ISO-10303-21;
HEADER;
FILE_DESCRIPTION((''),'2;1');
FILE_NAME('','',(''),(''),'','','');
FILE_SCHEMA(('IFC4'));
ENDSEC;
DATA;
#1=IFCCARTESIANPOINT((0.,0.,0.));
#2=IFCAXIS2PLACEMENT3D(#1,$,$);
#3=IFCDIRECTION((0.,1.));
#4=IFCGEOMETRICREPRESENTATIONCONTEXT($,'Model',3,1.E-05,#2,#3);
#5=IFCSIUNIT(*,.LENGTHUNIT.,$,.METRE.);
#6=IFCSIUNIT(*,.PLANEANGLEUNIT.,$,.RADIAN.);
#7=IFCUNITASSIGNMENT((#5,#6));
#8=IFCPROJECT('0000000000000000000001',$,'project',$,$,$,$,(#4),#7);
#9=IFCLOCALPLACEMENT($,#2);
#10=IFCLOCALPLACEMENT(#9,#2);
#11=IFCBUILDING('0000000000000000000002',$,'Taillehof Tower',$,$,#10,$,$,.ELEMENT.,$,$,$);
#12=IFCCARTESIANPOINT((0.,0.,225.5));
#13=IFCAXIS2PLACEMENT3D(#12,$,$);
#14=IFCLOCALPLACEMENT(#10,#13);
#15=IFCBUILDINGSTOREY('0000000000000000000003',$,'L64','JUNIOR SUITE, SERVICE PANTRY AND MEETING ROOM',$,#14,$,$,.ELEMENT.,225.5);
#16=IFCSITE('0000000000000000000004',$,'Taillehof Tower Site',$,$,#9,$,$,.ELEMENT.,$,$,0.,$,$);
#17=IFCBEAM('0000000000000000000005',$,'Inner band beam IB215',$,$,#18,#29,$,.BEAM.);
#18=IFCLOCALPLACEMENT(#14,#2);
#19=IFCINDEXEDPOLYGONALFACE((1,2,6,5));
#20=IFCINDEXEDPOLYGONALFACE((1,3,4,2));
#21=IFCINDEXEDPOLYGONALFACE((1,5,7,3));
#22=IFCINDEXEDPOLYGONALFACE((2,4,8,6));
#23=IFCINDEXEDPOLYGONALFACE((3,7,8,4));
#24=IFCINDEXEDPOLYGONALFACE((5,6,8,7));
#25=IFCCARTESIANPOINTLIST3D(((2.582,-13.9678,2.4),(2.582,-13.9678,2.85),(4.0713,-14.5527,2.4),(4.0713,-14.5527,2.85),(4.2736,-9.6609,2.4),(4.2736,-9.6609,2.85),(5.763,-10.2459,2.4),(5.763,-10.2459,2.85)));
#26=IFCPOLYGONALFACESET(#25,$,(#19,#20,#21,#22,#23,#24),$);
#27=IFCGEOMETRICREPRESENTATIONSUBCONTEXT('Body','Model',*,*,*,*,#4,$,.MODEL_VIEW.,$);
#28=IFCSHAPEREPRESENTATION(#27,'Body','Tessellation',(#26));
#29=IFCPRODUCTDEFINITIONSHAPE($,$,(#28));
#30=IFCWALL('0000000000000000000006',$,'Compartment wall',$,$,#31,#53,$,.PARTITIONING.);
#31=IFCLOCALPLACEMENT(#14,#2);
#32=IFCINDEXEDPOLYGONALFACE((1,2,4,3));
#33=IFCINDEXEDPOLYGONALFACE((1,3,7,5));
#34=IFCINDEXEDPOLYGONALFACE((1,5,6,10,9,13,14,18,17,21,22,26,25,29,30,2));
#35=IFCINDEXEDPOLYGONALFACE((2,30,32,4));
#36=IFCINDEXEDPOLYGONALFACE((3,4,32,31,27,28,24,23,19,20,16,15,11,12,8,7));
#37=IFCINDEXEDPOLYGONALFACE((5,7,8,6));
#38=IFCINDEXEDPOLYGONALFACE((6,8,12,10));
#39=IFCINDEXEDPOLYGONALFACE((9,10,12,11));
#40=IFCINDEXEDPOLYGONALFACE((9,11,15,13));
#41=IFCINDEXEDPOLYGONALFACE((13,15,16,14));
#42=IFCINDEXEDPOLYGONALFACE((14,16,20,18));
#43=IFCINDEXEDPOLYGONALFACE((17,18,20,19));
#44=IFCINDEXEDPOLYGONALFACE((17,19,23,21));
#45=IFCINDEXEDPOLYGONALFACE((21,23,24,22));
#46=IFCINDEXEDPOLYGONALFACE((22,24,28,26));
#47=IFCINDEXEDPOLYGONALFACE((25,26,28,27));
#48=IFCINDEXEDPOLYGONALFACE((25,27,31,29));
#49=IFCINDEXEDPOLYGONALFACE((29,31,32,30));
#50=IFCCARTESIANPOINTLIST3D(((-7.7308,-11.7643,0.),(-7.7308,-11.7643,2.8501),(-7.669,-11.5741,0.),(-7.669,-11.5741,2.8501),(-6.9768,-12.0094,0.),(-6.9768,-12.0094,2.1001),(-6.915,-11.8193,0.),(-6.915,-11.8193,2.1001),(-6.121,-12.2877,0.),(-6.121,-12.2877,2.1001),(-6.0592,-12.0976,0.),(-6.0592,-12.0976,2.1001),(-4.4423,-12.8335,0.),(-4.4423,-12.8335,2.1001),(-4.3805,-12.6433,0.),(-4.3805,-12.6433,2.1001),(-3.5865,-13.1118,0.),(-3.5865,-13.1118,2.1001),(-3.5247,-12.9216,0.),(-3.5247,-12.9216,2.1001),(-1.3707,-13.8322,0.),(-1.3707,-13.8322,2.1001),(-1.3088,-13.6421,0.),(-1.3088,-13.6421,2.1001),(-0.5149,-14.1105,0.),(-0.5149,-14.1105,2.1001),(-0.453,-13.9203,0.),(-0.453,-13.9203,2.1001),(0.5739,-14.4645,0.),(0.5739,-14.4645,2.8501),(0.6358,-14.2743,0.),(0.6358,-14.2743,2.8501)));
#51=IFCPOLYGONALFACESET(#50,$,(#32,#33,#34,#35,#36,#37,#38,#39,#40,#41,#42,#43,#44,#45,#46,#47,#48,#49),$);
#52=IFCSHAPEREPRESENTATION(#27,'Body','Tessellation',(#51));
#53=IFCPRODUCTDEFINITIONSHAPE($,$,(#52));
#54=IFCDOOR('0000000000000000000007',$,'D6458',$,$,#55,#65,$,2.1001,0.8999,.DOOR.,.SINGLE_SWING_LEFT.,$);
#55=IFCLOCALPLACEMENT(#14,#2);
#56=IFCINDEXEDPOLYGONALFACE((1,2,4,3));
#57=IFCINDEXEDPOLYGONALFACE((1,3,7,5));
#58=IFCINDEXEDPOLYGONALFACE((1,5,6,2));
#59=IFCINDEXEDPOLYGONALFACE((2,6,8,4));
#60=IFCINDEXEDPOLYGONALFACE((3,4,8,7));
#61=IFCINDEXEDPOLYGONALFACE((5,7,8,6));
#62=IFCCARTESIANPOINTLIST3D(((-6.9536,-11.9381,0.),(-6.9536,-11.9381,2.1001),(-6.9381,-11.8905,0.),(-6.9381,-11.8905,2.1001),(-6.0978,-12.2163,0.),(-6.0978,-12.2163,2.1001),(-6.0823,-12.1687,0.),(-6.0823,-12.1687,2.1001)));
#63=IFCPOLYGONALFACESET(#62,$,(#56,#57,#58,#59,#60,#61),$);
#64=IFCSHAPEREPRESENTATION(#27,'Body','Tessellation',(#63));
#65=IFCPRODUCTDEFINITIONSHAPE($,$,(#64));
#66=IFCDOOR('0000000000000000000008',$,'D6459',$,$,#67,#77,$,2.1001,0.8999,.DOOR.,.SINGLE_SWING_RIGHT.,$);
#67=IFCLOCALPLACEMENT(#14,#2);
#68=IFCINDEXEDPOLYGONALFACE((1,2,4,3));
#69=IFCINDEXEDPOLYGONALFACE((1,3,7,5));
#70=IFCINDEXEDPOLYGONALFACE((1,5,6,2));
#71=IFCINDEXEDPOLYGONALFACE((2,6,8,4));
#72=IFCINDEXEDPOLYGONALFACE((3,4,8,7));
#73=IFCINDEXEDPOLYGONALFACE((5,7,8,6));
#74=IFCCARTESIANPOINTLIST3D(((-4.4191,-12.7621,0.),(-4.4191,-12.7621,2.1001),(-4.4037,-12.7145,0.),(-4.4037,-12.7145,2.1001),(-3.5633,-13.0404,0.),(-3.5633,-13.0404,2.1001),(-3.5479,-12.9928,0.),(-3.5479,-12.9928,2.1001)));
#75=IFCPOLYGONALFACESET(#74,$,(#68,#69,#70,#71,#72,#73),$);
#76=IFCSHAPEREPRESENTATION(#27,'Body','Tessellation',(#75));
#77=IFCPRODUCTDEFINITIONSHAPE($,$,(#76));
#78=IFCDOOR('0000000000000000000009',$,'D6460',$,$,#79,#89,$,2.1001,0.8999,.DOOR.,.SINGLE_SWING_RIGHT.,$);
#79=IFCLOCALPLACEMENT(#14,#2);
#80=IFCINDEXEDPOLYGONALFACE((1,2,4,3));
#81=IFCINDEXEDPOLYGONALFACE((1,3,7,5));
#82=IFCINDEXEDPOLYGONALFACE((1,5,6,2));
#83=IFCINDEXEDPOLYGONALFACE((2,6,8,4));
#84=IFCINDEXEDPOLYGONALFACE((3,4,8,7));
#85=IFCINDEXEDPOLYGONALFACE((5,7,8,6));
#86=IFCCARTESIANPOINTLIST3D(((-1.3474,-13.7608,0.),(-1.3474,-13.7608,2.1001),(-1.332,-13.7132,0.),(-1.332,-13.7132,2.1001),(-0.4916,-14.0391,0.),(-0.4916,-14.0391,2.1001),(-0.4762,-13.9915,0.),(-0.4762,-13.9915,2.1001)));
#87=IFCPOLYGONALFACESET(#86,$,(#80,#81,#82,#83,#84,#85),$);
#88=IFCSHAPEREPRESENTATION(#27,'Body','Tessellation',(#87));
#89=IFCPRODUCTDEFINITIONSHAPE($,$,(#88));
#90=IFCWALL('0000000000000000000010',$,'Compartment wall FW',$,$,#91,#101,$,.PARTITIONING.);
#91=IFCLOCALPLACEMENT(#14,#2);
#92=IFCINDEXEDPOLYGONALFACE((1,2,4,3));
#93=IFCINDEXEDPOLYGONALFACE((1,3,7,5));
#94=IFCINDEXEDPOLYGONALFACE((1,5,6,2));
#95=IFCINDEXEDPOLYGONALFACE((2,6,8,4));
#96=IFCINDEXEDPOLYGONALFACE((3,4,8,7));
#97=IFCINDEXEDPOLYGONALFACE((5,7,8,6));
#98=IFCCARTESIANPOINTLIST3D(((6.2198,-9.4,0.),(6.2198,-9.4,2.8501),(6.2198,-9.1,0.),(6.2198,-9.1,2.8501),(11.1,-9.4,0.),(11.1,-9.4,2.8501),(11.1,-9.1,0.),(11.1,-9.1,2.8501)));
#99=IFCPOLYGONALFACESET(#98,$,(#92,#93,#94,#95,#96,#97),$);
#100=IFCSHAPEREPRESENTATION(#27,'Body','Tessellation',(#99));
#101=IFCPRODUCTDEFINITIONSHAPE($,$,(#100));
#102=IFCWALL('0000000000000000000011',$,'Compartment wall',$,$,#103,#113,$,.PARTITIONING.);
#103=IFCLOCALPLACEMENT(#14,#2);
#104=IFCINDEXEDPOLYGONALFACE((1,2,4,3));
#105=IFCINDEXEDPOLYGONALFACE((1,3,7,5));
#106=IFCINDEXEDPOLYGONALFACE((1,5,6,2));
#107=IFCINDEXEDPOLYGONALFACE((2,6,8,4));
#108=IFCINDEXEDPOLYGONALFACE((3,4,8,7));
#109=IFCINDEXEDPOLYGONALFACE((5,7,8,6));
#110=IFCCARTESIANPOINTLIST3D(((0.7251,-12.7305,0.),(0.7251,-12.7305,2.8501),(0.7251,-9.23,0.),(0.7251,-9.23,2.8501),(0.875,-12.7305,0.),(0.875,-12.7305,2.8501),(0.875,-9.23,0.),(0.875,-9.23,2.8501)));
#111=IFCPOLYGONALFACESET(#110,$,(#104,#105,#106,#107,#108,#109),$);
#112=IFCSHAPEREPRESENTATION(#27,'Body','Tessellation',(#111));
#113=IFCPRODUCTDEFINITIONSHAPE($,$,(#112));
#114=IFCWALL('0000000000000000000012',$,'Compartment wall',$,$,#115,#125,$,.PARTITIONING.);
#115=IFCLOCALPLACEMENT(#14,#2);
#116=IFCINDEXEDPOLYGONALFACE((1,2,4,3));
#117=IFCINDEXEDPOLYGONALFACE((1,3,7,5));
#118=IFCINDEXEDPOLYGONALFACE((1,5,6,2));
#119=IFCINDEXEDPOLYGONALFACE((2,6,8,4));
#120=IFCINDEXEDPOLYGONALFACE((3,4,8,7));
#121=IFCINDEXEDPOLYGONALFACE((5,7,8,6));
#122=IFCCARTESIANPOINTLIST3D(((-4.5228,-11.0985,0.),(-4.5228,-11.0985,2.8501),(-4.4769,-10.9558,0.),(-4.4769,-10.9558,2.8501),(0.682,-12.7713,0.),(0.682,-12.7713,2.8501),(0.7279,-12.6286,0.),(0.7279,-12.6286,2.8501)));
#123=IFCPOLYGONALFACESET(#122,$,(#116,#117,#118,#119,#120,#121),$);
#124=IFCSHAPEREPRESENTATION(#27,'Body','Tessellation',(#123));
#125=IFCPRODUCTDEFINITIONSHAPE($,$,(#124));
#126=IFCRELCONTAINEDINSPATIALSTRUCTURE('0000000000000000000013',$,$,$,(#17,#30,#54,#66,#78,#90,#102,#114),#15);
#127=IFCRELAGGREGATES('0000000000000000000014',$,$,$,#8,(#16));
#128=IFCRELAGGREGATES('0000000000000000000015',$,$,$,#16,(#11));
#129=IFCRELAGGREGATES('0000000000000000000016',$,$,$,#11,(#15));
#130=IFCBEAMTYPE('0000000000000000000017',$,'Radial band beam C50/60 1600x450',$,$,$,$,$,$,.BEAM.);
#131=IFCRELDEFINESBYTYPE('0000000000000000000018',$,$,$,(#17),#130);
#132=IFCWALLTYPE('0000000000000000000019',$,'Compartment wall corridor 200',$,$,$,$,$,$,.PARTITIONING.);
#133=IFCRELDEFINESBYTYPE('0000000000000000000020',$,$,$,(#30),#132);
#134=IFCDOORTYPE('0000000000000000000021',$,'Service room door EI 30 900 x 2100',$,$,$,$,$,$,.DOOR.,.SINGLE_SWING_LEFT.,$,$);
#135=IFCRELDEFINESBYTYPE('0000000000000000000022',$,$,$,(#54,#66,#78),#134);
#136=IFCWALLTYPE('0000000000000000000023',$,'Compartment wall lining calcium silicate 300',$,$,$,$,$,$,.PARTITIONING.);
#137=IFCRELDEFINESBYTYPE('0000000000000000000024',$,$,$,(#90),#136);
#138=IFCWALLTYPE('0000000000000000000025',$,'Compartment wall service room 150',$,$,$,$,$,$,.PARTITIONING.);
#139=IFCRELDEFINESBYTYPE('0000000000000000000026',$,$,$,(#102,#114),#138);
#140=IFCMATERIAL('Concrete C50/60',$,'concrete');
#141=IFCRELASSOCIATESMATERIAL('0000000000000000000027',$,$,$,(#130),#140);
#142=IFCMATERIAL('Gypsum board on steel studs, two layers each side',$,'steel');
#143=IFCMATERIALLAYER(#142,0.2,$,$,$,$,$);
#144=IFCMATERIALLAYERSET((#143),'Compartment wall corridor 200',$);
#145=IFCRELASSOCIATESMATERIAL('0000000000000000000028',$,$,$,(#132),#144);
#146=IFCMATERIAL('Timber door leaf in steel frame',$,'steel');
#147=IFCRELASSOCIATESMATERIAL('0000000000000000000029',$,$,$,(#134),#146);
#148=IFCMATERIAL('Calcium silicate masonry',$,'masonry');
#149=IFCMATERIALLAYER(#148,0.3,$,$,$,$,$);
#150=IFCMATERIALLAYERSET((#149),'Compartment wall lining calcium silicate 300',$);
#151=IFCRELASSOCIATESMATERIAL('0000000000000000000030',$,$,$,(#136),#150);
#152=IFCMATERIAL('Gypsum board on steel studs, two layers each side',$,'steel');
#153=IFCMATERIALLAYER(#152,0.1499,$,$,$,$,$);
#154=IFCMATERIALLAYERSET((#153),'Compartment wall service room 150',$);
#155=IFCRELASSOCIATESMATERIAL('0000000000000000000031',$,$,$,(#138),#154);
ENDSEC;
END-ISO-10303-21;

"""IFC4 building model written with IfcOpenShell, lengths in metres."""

from ifc_helpers import new_model, si_unit, direction, frame, frame_2d, origin, origin_2d, place, context, subcontext, project, spatial, rectangle, extrude, material, layer, layer_set, material_profile, profile_set, type_object, element, fill, save


model = new_model("IFC4")

# Units and contexts
model_context = context("Model", 3, precision=1e-05, world=origin(), true_north=direction((0.0, 1.0)))
body_context = subcontext(model_context, "Body", "Model", "MODEL_VIEW")
ifc_project = project(units=[si_unit("LENGTHUNIT", "METRE"), si_unit("PLANEANGLEUNIT", "RADIAN")], contexts=[model_context])

# Site, building, storey
site_placement = place(None, origin())
site = spatial("IfcSite", under=ifc_project, at=site_placement, Name="Taillehof Tower Site", CompositionType="ELEMENT", RefElevation=0.0)
building_placement = place(site_placement, origin())
building = spatial("IfcBuilding", under=site, at=building_placement, Name="Taillehof Tower", CompositionType="ELEMENT")
storey_placement = place(building_placement, frame((0.0, 0.0, 225.5)))
storey = spatial("IfcBuildingStorey", under=building, at=storey_placement, Name="L64", Description="JUNIOR SUITE, SERVICE PANTRY AND MEETING ROOM", CompositionType="ELEMENT", Elevation=225.5)

# Beam
ifc_material_1 = material(Name="Concrete C50/60", Category="concrete")
ifc_material_profile = material_profile(ifc_material_1, rectangle(XDim=1.6001, YDim=0.45, at=origin_2d()), Name="RC 1600x450")
ifc_profile_set = profile_set([ifc_material_profile], Name="Concrete C50/60")
beam_type = type_object("IfcBeamType", Name="Radial band beam C50/60 1600x450", PredefinedType="BEAM", material=ifc_profile_set)
beam_placement = place(storey_placement, frame((3.3267, -14.2603, 2.625), z_axis=(0.365589, 0.930777, 0.0), x_axis=(-0.930777, 0.365589, 0.0)))
element("IfcBeam", 1, at=beam_placement, inside=storey, type_object=beam_type, Name="Inner band beam IB215", PredefinedType="BEAM", context=body_context, shape_type="SweptSolid", body=[
    extrude(rectangle(XDim=1.6001, YDim=0.45, at=origin_2d()), origin(), (0.0, 0.0, 1.0), 4.6272),
])

# Wall, openings, doors
ifc_material_2 = material(Name="Gypsum board on steel studs, two layers each side", Category="steel")
ifc_layer_1 = layer(ifc_material_2, 0.2)
ifc_layer_set_1 = layer_set([ifc_layer_1], Name="Compartment wall corridor 200")
wall_type_1 = type_object("IfcWallType", Name="Compartment wall corridor 200", PredefinedType="PARTITIONING", material=ifc_layer_set_1)
wall_1_placement = place(storey_placement, frame((0.6047, -14.3694, 0.0), z_axis=(0.0, 0.0, 1.0), x_axis=(-0.950995, 0.309207, 0.0)))
wall_1 = element("IfcWall", 2, at=wall_1_placement, inside=storey, type_object=wall_type_1, Name="Compartment wall", PredefinedType="PARTITIONING", context=body_context, shape_type="SweptSolid", body=[
    extrude(rectangle(XDim=8.7327, YDim=0.2, at=frame_2d((4.3662, 0.0))), origin(), (0.0, 0.0, 1.0), 2.8501),
])
opening_1_placement = place(wall_1_placement, frame((7.0398, 0.0, 0.0)))
opening_1 = element("IfcOpeningElement", 3, at=opening_1_placement, cuts=wall_1, PredefinedType="OPENING", context=body_context, shape_type="SweptSolid", body=[
    extrude(rectangle(XDim=0.8999, YDim=2.1001, at=frame_2d((0.45, 1.05))), frame((0.0, 0.1099, 0.0), z_axis=(0.0, -1.0, 0.0), x_axis=(1.0, 0.0, 0.0)), (0.0, 0.0, 1.0), 0.22),
])
opening_2_placement = place(wall_1_placement, frame((4.3748, 0.0, 0.0)))
opening_2 = element("IfcOpeningElement", 4, at=opening_2_placement, cuts=wall_1, PredefinedType="OPENING", context=body_context, shape_type="SweptSolid", body=[
    extrude(rectangle(XDim=0.8999, YDim=2.1001, at=frame_2d((0.45, 1.05))), frame((0.0, 0.1099, 0.0), z_axis=(0.0, -1.0, 0.0), x_axis=(1.0, 0.0, 0.0)), (0.0, 0.0, 1.0), 0.22),
])
opening_3_placement = place(wall_1_placement, frame((1.1448, 0.0, 0.0)))
opening_3 = element("IfcOpeningElement", 5, at=opening_3_placement, cuts=wall_1, PredefinedType="OPENING", context=body_context, shape_type="SweptSolid", body=[
    extrude(rectangle(XDim=0.8999, YDim=2.1001, at=frame_2d((0.45, 1.05))), frame((0.0, 0.1099, 0.0), z_axis=(0.0, -1.0, 0.0), x_axis=(1.0, 0.0, 0.0)), (0.0, 0.0, 1.0), 0.22),
])
ifc_material_3 = material(Name="Timber door leaf in steel frame", Category="steel")
door_type_1 = type_object("IfcDoorType", Name="Service room door EI 30 900 x 2100", OperationType="SINGLE_SWING_LEFT", PredefinedType="DOOR", material=ifc_material_3)
door_1_placement = place(opening_1_placement, origin())
door_1 = element("IfcDoor", 6, at=door_1_placement, inside=storey, type_object=door_type_1, Name="D6458", OperationType="SINGLE_SWING_LEFT", OverallHeight=2.1001, OverallWidth=0.8999, PredefinedType="DOOR", context=body_context, shape_type="SweptSolid", body=[
    extrude(rectangle(XDim=0.8999, YDim=2.1001, at=frame_2d((0.45, 1.05))), frame((0.0, 0.0249, 0.0), z_axis=(0.0, -1.0, 0.0), x_axis=(1.0, 0.0, 0.0)), (0.0, 0.0, 1.0), 0.05),
])
fill(opening_1, door_1)
door_2_placement = place(opening_2_placement, origin())
door_2 = element("IfcDoor", 7, at=door_2_placement, inside=storey, type_object=door_type_1, Name="D6459", OperationType="SINGLE_SWING_RIGHT", OverallHeight=2.1001, OverallWidth=0.8999, PredefinedType="DOOR", context=body_context, shape_type="SweptSolid", body=[
    extrude(rectangle(XDim=0.8999, YDim=2.1001, at=frame_2d((0.45, 1.05))), frame((0.0, 0.0249, 0.0), z_axis=(0.0, -1.0, 0.0), x_axis=(1.0, 0.0, 0.0)), (0.0, 0.0, 1.0), 0.05),
])
fill(opening_2, door_2)
door_3_placement = place(opening_3_placement, origin())
door_3 = element("IfcDoor", 8, at=door_3_placement, inside=storey, type_object=door_type_1, Name="D6460", OperationType="SINGLE_SWING_RIGHT", OverallHeight=2.1001, OverallWidth=0.8999, PredefinedType="DOOR", context=body_context, shape_type="SweptSolid", body=[
    extrude(rectangle(XDim=0.8999, YDim=2.1001, at=frame_2d((0.45, 1.05))), frame((0.0, 0.0249, 0.0), z_axis=(0.0, -1.0, 0.0), x_axis=(1.0, 0.0, 0.0)), (0.0, 0.0, 1.0), 0.05),
])
fill(opening_3, door_3)

# Walls
ifc_material_4 = material(Name="Calcium silicate masonry", Category="masonry")
ifc_layer_2 = layer(ifc_material_4, 0.3)
ifc_layer_set_2 = layer_set([ifc_layer_2], Name="Compartment wall lining calcium silicate 300")
wall_type_2 = type_object("IfcWallType", Name="Compartment wall lining calcium silicate 300", PredefinedType="PARTITIONING", material=ifc_layer_set_2)
wall_2_placement = place(storey_placement, frame((6.22, -9.25, 0.0), z_axis=(0.0, 0.0, 1.0), x_axis=(1.0, 0.0, 0.0)))
element("IfcWall", 9, at=wall_2_placement, inside=storey, type_object=wall_type_2, Name="Compartment wall FW", PredefinedType="PARTITIONING", context=body_context, shape_type="SweptSolid", body=[
    extrude(rectangle(XDim=4.8801, YDim=0.3, at=frame_2d((2.4399, 0.0))), origin(), (0.0, 0.0, 1.0), 2.8501),
])
ifc_material_5 = material(Name="Gypsum board on steel studs, two layers each side", Category="steel")
ifc_layer_3 = layer(ifc_material_5, 0.1499)
ifc_layer_set_3 = layer_set([ifc_layer_3], Name="Compartment wall service room 150")
wall_type_3 = type_object("IfcWallType", Name="Compartment wall service room 150", PredefinedType="PARTITIONING", material=ifc_layer_set_3)
wall_3_placement = place(storey_placement, frame((0.8, -9.23, 0.0), z_axis=(0.0, 0.0, 1.0), x_axis=(0.0, -1.0, 0.0)))
element("IfcWall", 10, at=wall_3_placement, inside=storey, type_object=wall_type_3, Name="Compartment wall", PredefinedType="PARTITIONING", context=body_context, shape_type="SweptSolid", body=[
    extrude(rectangle(XDim=3.5005, YDim=0.1499, at=frame_2d((1.7502, 0.0))), origin(), (0.0, 0.0, 1.0), 2.8501),
])
wall_4_placement = place(storey_placement, frame((0.7048, -12.7, 0.0), z_axis=(0.0, 0.0, 1.0), x_axis=(-0.952036, 0.305987, 0.0)))
element("IfcWall", 11, at=wall_4_placement, inside=storey, type_object=wall_type_3, Name="Compartment wall", PredefinedType="PARTITIONING", context=body_context, shape_type="SweptSolid", body=[
    extrude(rectangle(XDim=5.467, YDim=0.1499, at=frame_2d((2.7334, 0.0))), origin(), (0.0, 0.0, 1.0), 2.8501),
])

save(model, "model.ifc")
